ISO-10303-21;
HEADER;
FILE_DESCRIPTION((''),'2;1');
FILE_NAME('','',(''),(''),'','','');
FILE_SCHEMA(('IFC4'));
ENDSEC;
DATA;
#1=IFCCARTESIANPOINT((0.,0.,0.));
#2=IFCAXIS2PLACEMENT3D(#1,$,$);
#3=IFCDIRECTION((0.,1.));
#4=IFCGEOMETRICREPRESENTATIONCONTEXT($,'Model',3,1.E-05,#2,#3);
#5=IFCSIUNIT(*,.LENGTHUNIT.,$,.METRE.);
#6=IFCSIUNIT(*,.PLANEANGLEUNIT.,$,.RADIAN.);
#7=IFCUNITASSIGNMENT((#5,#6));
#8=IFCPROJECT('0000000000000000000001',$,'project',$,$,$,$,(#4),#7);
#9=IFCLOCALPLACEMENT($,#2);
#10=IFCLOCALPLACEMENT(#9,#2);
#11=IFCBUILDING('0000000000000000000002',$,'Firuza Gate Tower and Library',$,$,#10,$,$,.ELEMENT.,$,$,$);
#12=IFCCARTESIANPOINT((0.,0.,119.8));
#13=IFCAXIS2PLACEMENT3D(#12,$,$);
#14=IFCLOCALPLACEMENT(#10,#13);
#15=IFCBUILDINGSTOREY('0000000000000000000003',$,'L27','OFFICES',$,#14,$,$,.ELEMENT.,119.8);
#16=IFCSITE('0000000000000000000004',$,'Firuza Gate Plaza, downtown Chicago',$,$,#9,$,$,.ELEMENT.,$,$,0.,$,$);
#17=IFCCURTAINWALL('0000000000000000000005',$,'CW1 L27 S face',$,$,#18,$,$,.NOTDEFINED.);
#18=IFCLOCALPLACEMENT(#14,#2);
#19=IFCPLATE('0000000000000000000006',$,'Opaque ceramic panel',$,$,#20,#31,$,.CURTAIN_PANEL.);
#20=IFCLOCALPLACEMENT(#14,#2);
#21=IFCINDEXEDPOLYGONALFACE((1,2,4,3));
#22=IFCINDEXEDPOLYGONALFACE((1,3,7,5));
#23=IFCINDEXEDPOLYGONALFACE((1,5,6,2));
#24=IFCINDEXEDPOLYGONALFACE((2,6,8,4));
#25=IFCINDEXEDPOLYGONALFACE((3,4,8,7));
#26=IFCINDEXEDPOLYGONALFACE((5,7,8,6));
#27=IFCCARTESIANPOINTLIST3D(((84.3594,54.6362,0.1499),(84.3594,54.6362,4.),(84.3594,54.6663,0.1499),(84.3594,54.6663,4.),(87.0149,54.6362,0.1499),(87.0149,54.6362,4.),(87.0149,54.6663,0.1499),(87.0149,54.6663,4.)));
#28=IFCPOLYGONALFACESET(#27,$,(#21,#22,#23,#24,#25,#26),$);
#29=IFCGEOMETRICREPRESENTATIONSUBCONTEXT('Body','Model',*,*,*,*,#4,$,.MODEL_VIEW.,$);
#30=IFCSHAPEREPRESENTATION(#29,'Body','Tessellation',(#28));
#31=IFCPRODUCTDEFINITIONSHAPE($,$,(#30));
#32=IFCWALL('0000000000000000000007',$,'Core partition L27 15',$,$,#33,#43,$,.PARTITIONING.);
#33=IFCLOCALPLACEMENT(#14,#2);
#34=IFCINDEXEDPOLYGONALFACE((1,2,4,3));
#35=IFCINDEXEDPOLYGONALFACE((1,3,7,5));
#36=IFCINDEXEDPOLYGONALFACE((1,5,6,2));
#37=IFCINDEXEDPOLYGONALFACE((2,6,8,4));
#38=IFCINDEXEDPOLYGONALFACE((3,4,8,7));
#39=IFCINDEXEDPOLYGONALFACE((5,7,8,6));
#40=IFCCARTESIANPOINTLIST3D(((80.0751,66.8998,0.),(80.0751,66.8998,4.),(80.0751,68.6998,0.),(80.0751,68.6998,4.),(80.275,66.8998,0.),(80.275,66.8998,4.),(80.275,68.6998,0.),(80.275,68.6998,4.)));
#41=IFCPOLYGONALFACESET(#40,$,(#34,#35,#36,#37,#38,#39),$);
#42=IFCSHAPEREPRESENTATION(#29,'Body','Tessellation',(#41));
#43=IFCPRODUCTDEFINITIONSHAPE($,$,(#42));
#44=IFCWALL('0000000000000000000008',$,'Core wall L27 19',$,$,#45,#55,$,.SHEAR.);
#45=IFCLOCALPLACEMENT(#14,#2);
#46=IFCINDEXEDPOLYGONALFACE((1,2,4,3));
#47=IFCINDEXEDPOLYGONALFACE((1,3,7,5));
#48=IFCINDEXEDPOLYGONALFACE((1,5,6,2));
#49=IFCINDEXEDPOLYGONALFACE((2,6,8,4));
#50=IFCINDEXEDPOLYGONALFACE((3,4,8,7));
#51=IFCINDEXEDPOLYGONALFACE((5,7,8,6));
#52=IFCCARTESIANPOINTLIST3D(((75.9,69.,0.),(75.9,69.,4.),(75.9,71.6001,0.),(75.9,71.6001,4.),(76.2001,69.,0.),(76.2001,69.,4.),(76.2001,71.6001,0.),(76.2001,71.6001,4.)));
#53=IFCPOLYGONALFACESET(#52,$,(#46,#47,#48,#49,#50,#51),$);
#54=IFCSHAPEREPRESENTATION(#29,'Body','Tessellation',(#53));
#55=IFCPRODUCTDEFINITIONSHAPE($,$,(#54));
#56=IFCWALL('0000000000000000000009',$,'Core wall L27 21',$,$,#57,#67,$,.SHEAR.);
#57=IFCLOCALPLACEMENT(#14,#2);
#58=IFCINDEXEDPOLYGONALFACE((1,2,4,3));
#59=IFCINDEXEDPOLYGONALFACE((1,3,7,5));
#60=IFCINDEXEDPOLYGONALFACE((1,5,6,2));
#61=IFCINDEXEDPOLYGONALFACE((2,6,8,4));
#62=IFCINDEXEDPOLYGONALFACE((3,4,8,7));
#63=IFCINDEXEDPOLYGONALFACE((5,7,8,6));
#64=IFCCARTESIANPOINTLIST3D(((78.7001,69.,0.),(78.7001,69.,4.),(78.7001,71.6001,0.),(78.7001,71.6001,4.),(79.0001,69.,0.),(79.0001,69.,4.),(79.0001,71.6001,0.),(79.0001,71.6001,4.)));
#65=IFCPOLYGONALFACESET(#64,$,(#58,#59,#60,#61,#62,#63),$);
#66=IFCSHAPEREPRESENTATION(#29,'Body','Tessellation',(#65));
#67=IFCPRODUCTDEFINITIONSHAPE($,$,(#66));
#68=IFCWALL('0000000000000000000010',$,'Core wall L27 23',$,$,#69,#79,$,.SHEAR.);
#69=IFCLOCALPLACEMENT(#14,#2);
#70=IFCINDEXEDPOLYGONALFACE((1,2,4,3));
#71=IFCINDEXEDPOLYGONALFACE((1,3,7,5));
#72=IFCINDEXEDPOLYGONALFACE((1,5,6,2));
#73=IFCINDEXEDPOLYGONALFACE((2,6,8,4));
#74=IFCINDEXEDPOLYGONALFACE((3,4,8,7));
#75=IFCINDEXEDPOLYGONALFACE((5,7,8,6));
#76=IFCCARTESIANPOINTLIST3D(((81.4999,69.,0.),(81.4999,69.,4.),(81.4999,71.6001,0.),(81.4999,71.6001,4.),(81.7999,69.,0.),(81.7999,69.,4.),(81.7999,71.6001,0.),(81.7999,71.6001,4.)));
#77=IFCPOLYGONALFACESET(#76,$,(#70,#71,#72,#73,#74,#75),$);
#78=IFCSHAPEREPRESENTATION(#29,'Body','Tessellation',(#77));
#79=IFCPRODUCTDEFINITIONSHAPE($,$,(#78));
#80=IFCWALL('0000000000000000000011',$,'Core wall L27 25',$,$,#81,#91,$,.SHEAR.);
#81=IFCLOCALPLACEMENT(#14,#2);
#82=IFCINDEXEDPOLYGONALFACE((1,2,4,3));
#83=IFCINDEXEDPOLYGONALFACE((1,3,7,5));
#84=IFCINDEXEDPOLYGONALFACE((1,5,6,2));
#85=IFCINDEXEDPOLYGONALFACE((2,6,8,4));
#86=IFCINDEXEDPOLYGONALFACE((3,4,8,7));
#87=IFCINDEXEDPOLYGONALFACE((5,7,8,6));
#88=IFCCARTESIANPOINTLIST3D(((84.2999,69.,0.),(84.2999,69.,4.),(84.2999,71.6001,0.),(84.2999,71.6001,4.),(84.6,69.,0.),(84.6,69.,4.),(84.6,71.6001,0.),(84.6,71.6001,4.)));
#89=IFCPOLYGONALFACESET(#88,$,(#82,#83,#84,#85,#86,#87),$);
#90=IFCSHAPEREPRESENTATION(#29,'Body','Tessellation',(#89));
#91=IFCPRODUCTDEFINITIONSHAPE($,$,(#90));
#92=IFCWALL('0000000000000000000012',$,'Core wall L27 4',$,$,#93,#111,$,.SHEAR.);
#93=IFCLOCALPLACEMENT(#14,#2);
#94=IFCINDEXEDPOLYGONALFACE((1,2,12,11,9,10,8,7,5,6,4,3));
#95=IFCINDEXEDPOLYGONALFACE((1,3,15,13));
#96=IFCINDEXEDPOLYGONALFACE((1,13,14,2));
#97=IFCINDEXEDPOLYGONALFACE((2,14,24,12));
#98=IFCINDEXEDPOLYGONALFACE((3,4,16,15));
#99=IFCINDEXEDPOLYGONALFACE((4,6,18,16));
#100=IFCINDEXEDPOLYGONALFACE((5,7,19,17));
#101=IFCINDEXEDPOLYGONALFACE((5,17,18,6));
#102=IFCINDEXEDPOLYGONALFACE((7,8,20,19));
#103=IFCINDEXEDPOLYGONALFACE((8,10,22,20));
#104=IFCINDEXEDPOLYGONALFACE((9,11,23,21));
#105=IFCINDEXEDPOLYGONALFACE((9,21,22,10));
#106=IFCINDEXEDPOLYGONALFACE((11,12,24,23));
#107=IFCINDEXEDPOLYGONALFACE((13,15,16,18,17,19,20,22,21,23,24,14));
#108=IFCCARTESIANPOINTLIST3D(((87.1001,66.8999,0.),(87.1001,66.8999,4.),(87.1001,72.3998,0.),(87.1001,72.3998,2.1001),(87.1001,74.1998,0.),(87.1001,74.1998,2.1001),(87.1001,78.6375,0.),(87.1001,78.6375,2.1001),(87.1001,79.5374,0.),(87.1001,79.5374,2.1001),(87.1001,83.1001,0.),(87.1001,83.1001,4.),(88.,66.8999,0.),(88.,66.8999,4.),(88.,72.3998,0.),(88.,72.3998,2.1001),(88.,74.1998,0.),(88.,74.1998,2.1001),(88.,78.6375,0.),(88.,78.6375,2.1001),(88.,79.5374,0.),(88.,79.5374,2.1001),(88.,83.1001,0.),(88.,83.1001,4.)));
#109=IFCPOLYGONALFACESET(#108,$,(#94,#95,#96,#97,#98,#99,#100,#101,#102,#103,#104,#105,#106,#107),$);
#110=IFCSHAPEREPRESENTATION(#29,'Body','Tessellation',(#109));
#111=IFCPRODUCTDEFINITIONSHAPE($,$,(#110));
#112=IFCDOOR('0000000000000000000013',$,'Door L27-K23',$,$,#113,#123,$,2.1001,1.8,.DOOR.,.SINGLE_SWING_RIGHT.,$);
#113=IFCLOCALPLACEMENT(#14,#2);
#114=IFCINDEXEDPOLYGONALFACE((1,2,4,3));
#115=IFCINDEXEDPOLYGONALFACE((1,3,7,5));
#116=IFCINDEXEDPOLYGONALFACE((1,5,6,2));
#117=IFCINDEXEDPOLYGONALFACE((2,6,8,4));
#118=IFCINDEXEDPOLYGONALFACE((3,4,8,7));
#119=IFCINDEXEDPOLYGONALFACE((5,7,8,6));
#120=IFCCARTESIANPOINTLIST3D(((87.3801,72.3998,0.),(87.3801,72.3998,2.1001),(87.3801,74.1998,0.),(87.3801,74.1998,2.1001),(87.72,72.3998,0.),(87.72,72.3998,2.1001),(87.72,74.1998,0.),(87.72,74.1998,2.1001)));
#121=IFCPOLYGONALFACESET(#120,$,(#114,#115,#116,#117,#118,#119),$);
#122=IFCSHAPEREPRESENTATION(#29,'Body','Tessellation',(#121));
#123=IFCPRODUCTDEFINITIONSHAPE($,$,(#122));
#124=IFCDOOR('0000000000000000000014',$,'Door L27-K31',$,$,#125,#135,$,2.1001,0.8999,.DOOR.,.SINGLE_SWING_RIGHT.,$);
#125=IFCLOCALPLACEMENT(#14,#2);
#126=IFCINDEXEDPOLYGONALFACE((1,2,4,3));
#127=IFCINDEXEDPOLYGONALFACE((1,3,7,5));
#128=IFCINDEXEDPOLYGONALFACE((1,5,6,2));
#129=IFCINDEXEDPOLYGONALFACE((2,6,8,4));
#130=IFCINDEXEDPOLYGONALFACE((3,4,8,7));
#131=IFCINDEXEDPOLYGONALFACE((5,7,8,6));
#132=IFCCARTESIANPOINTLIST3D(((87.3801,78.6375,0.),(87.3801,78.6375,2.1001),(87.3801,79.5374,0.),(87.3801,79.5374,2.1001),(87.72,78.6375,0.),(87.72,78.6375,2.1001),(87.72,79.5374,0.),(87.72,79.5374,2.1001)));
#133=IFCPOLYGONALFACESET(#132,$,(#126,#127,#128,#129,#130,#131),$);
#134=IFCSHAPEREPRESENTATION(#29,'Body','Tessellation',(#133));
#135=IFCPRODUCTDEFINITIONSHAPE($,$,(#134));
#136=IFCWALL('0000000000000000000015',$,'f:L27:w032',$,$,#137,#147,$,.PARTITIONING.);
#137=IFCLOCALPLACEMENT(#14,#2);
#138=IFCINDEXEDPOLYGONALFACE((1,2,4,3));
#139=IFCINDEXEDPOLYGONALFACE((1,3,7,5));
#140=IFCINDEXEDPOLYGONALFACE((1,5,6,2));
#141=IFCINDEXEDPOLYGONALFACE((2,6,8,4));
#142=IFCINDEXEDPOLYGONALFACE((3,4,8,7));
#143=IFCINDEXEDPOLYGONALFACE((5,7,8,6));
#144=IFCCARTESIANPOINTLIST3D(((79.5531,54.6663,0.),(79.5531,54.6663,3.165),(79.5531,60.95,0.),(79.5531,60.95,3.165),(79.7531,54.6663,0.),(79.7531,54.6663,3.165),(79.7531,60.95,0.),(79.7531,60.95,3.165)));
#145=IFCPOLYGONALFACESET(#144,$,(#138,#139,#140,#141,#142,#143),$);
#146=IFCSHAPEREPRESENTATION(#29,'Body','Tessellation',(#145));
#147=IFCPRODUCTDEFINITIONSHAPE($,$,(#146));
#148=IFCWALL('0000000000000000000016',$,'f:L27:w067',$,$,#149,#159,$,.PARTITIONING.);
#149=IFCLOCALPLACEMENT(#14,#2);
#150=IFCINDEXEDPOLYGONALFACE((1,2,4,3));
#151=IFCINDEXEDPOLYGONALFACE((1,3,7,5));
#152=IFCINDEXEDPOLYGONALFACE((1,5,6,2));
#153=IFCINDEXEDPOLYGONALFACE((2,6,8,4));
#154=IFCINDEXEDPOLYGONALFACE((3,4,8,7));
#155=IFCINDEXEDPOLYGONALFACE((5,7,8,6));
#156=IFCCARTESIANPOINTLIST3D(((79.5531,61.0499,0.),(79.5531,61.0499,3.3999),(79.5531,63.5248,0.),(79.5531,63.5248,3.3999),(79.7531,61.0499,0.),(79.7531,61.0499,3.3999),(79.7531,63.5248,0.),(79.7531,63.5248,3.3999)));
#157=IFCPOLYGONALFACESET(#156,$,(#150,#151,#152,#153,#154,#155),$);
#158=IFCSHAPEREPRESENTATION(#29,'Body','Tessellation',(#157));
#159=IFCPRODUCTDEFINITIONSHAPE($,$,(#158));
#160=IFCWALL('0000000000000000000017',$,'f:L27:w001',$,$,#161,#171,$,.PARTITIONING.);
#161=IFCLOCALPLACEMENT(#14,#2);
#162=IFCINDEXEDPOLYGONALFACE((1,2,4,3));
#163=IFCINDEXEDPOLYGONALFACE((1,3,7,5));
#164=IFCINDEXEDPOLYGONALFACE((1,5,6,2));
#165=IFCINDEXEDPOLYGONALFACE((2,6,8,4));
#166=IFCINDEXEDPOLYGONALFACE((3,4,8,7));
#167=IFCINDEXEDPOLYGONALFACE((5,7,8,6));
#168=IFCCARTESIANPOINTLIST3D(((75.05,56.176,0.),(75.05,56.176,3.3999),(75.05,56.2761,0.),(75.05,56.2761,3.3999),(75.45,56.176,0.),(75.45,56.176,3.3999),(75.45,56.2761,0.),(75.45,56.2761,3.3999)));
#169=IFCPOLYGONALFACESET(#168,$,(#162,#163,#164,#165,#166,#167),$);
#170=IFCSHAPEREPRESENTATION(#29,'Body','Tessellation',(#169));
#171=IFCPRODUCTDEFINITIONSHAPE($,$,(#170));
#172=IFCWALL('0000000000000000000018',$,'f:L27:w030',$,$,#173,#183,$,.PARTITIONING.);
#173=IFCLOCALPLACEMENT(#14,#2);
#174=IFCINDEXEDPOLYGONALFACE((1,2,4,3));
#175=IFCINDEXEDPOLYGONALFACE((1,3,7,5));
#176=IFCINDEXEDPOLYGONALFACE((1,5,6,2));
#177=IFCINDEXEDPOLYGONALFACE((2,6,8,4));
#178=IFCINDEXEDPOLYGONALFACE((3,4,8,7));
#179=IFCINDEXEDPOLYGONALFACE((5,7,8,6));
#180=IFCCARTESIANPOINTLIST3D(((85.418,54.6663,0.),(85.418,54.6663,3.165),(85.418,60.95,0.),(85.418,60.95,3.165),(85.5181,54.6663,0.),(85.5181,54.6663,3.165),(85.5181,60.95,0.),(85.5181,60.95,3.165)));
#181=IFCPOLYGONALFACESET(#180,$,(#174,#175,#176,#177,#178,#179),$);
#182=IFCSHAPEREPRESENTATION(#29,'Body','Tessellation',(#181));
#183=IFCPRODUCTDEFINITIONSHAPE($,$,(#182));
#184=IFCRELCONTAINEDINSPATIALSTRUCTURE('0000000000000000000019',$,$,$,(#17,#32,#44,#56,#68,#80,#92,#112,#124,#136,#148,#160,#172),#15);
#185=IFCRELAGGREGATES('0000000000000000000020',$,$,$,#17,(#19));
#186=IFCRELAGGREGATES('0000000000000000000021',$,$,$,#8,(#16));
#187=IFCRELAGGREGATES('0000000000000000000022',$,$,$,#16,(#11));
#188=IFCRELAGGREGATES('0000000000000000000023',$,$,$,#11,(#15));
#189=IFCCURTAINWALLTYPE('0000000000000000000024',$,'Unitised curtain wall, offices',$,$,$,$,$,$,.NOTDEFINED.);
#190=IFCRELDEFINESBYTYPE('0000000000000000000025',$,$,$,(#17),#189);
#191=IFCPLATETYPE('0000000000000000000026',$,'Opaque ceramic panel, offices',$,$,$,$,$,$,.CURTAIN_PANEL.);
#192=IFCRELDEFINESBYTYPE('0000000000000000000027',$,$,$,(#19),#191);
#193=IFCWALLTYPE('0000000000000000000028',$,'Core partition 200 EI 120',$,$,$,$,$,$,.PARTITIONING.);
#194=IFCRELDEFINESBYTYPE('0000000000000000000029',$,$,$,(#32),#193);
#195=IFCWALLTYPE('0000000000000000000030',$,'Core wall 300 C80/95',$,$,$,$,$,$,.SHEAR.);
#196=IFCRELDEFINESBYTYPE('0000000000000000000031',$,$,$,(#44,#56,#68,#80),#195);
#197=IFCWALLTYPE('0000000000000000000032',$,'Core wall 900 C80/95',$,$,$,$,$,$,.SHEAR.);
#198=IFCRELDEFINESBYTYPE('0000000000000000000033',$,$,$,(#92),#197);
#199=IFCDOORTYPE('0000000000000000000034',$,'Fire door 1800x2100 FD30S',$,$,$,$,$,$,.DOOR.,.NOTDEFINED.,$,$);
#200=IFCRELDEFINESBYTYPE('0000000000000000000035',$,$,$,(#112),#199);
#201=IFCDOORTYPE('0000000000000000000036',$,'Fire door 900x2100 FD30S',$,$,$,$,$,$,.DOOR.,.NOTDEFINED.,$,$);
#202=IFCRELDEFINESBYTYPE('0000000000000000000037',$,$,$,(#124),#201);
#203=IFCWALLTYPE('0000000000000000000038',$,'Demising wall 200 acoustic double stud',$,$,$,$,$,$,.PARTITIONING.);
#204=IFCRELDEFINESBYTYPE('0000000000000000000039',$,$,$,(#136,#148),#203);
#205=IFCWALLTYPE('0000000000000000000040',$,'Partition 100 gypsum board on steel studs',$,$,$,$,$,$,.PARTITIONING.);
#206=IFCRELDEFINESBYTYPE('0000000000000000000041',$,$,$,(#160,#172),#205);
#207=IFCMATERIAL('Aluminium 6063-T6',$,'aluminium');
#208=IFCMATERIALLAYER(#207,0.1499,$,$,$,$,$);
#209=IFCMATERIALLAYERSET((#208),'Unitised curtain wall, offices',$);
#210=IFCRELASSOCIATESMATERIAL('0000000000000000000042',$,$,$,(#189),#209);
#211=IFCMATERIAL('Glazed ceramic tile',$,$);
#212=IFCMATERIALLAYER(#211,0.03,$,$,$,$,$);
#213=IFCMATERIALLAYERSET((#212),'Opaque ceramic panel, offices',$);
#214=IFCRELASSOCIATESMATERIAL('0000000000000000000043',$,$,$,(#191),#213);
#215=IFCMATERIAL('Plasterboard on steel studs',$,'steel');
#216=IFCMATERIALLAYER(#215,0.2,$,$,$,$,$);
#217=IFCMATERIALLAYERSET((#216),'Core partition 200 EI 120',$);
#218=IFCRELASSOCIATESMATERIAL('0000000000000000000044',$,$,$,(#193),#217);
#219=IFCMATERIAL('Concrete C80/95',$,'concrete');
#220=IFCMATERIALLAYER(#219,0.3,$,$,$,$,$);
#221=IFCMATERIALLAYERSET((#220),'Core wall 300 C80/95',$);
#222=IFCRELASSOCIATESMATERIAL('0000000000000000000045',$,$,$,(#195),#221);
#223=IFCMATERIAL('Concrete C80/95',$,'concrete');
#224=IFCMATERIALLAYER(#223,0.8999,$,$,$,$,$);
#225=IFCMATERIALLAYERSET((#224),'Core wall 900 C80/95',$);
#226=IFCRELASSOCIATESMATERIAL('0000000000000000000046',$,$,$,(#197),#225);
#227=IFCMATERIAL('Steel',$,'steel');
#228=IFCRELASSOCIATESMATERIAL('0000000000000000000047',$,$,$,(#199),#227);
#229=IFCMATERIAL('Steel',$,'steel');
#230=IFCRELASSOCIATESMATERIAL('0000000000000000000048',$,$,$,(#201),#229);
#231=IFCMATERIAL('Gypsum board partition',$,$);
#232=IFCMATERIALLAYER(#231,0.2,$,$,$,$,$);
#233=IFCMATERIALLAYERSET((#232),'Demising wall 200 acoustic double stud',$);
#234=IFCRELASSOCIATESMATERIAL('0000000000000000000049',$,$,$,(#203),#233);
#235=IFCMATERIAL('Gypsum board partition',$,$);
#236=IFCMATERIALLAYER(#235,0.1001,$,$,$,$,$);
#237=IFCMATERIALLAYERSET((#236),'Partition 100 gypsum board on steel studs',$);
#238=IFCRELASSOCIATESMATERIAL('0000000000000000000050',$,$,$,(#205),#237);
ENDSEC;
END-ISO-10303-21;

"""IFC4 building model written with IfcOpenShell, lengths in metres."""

from ifc_helpers import new_model, si_unit, direction, frame, frame_2d, origin, place, context, subcontext, project, spatial, polyline, rectangle, outline, extrude, material, layer, layer_set, type_object, element, fill, aggregate, save


model = new_model("IFC4")

# Units and contexts
model_context = context("Model", 3, precision=1e-05, world=origin(), true_north=direction((0.0, 1.0)))
body_context = subcontext(model_context, "Body", "Model", "MODEL_VIEW")
ifc_project = project(units=[si_unit("LENGTHUNIT", "METRE"), si_unit("PLANEANGLEUNIT", "RADIAN")], contexts=[model_context])

# Site, building, storey
site_placement = place(None, origin())
site = spatial("IfcSite", under=ifc_project, at=site_placement, Name="Firuza Gate Plaza, downtown Chicago", CompositionType="ELEMENT", RefElevation=0.0)
building_placement = place(site_placement, origin())
building = spatial("IfcBuilding", under=site, at=building_placement, Name="Firuza Gate Tower and Library", CompositionType="ELEMENT")
storey_placement = place(building_placement, frame((0.0, 0.0, 119.8)))
storey = spatial("IfcBuildingStorey", under=building, at=storey_placement, Name="L27", Description="OFFICES", CompositionType="ELEMENT", Elevation=119.8)

# Curtain wall
ifc_material_1 = material(Name="Aluminium 6063-T6", Category="aluminium")
ifc_layer_1 = layer(ifc_material_1, 0.1499)
ifc_layer_set_1 = layer_set([ifc_layer_1], Name="Unitised curtain wall, offices")
curtain_wall_type = type_object("IfcCurtainWallType", Name="Unitised curtain wall, offices", PredefinedType="NOTDEFINED", material=ifc_layer_set_1)
curtain_wall_placement = place(storey_placement, origin())
curtain_wall = element("IfcCurtainWall", 1, at=curtain_wall_placement, inside=storey, type_object=curtain_wall_type, Name="CW1 L27 S face", PredefinedType="NOTDEFINED")

# Plate
ifc_material_2 = material(Name="Glazed ceramic tile")
ifc_layer_2 = layer(ifc_material_2, 0.03)
ifc_layer_set_2 = layer_set([ifc_layer_2], Name="Opaque ceramic panel, offices")
plate_type_1 = type_object("IfcPlateType", Name="Opaque ceramic panel, offices", PredefinedType="CURTAIN_PANEL", material=ifc_layer_set_2)
plate_1_placement = place(storey_placement, frame((84.3594, 54.6362, 0.1499), z_axis=(0.0, -1.0, 0.0), x_axis=(1.0, 0.0, 0.0)))
plate_1 = element("IfcPlate", 2, at=plate_1_placement, type_object=plate_type_1, Name="Opaque ceramic panel", PredefinedType="CURTAIN_PANEL", context=body_context, shape_type="SweptSolid", body=[
    extrude(outline(polyline([(0.0, 0.0), (2.6555, 0.0), (2.6555, 3.8501), (0.0, 3.8501), (0.0, 0.0)])), origin(), (0.0, 0.0, -1.0), 0.03),
])
aggregate(curtain_wall, [plate_1])

# Walls
ifc_material_3 = material(Name="Plasterboard on steel studs", Category="steel")
ifc_layer_3 = layer(ifc_material_3, 0.2)
ifc_layer_set_3 = layer_set([ifc_layer_3], Name="Core partition 200 EI 120")
wall_type_1 = type_object("IfcWallType", Name="Core partition 200 EI 120", PredefinedType="PARTITIONING", material=ifc_layer_set_3)
wall_1_placement = place(storey_placement, frame((80.175, 66.8999, 0.0), z_axis=(0.0, 0.0, 1.0), x_axis=(0.0, 1.0, 0.0)))
element("IfcWall", 3, at=wall_1_placement, inside=storey, type_object=wall_type_1, Name="Core partition L27 15", PredefinedType="PARTITIONING", context=body_context, shape_type="SweptSolid", body=[
    extrude(rectangle(XDim=1.8, YDim=0.2, at=frame_2d((0.8999, 0.0))), origin(), (0.0, 0.0, 1.0), 4.0),
])
ifc_material_4 = material(Name="Concrete C80/95", Category="concrete")
ifc_layer_4 = layer(ifc_material_4, 0.3)
ifc_layer_set_4 = layer_set([ifc_layer_4], Name="Core wall 300 C80/95")
wall_type_2 = type_object("IfcWallType", Name="Core wall 300 C80/95", PredefinedType="SHEAR", material=ifc_layer_set_4)
for number, where, z_axis, x_axis, name in (
    (4, (76.05, 69.0, 0.0), (0.0, 0.0, 1.0), (0.0, 1.0, 0.0), "Core wall L27 19"),
    (5, (78.8501, 69.0, 0.0), (0.0, 0.0, 1.0), (0.0, 1.0, 0.0), "Core wall L27 21"),
    (6, (81.6499, 69.0, 0.0), (0.0, 0.0, 1.0), (0.0, 1.0, 0.0), "Core wall L27 23"),
    (7, (84.45, 69.0, 0.0), (0.0, 0.0, 1.0), (0.0, 1.0, 0.0), "Core wall L27 25"),
):
    element("IfcWall", number, at=place(storey_placement, frame(where, z_axis=z_axis, x_axis=x_axis)), inside=storey, type_object=wall_type_2, Name=name, PredefinedType="SHEAR", context=body_context, shape_type="SweptSolid", body=[
        extrude(rectangle(XDim=2.6001, YDim=0.3, at=frame_2d((1.3, 0.0))), origin(), (0.0, 0.0, 1.0), 4.0),
    ])

# Wall, openings, doors
ifc_material_5 = material(Name="Concrete C80/95", Category="concrete")
ifc_layer_5 = layer(ifc_material_5, 0.8999)
ifc_layer_set_5 = layer_set([ifc_layer_5], Name="Core wall 900 C80/95")
wall_type_3 = type_object("IfcWallType", Name="Core wall 900 C80/95", PredefinedType="SHEAR", material=ifc_layer_set_5)
wall_2_placement = place(storey_placement, frame((87.55, 66.8999, 0.0), z_axis=(0.0, 0.0, 1.0), x_axis=(0.0, 1.0, 0.0)))
wall_2 = element("IfcWall", 8, at=wall_2_placement, inside=storey, type_object=wall_type_3, Name="Core wall L27 4", PredefinedType="SHEAR", context=body_context, shape_type="SweptSolid", body=[
    extrude(rectangle(XDim=16.2002, YDim=0.8999, at=frame_2d((8.1001, 0.0))), origin(), (0.0, 0.0, 1.0), 4.0),
])
opening_1_placement = place(wall_2_placement, frame((5.5, 0.0, 0.0)))
opening_1 = element("IfcOpeningElement", 9, at=opening_1_placement, cuts=wall_2, PredefinedType="OPENING", context=body_context, shape_type="SweptSolid", body=[
    extrude(rectangle(XDim=1.8, YDim=2.1001, at=frame_2d((0.8999, 1.05))), frame((0.0, 0.46, 0.0), z_axis=(0.0, -1.0, 0.0), x_axis=(1.0, 0.0, 0.0)), (0.0, 0.0, 1.0), 0.9199),
])
opening_2_placement = place(wall_2_placement, frame((11.7375, 0.0, 0.0)))
opening_2 = element("IfcOpeningElement", 10, at=opening_2_placement, cuts=wall_2, PredefinedType="OPENING", context=body_context, shape_type="SweptSolid", body=[
    extrude(rectangle(XDim=0.8999, YDim=2.1001, at=frame_2d((0.45, 1.05))), frame((0.0, 0.46, 0.0), z_axis=(0.0, -1.0, 0.0), x_axis=(1.0, 0.0, 0.0)), (0.0, 0.0, 1.0), 0.9199),
])
ifc_material_6 = material(Name="Steel", Category="steel")
door_type_1 = type_object("IfcDoorType", Name="Fire door 1800x2100 FD30S", OperationType="NOTDEFINED", PredefinedType="DOOR", material=ifc_material_6)
door_1_placement = place(opening_1_placement, origin())
door_1 = element("IfcDoor", 11, at=door_1_placement, inside=storey, type_object=door_type_1, Name="Door L27-K23", OperationType="SINGLE_SWING_RIGHT", OverallHeight=2.1001, OverallWidth=1.8, PredefinedType="DOOR", context=body_context, shape_type="SweptSolid", body=[
    extrude(rectangle(XDim=1.8, YDim=2.1001, at=frame_2d((0.8999, 1.05))), frame((0.0, 0.1699, 0.0), z_axis=(0.0, -1.0, 0.0), x_axis=(1.0, 0.0, 0.0)), (0.0, 0.0, 1.0), 0.3398),
])
fill(opening_1, door_1)
ifc_material_7 = material(Name="Steel", Category="steel")
door_type_2 = type_object("IfcDoorType", Name="Fire door 900x2100 FD30S", OperationType="NOTDEFINED", PredefinedType="DOOR", material=ifc_material_7)
door_2_placement = place(opening_2_placement, origin())
door_2 = element("IfcDoor", 12, at=door_2_placement, inside=storey, type_object=door_type_2, Name="Door L27-K31", OperationType="SINGLE_SWING_RIGHT", OverallHeight=2.1001, OverallWidth=0.8999, PredefinedType="DOOR", context=body_context, shape_type="SweptSolid", body=[
    extrude(rectangle(XDim=0.8999, YDim=2.1001, at=frame_2d((0.45, 1.05))), frame((0.0, 0.1699, 0.0), z_axis=(0.0, -1.0, 0.0), x_axis=(1.0, 0.0, 0.0)), (0.0, 0.0, 1.0), 0.3398),
])
fill(opening_2, door_2)

# Walls
ifc_material_8 = material(Name="Gypsum board partition")
ifc_layer_6 = layer(ifc_material_8, 0.2)
ifc_layer_set_6 = layer_set([ifc_layer_6], Name="Demising wall 200 acoustic double stud")
wall_type_4 = type_object("IfcWallType", Name="Demising wall 200 acoustic double stud", PredefinedType="PARTITIONING", material=ifc_layer_set_6)
wall_3_placement = place(storey_placement, frame((79.6531, 54.6663, 0.0), z_axis=(0.0, 0.0, 1.0), x_axis=(0.0, 1.0, 0.0)))
element("IfcWall", 13, at=wall_3_placement, inside=storey, type_object=wall_type_4, Name="f:L27:w032", PredefinedType="PARTITIONING", context=body_context, shape_type="SweptSolid", body=[
    extrude(rectangle(XDim=6.2837, YDim=0.2, at=frame_2d((3.1418, 0.0))), origin(), (0.0, 0.0, 1.0), 3.165),
])
wall_4_placement = place(storey_placement, frame((79.6531, 61.05, 0.0), z_axis=(0.0, 0.0, 1.0), x_axis=(0.0, 1.0, 0.0)))
element("IfcWall", 14, at=wall_4_placement, inside=storey, type_object=wall_type_4, Name="f:L27:w067", PredefinedType="PARTITIONING", context=body_context, shape_type="SweptSolid", body=[
    extrude(rectangle(XDim=2.4749, YDim=0.2, at=frame_2d((1.2373, 0.0))), origin(), (0.0, 0.0, 1.0), 3.3999),
])
ifc_material_9 = material(Name="Gypsum board partition")
ifc_layer_7 = layer(ifc_material_9, 0.1001)
ifc_layer_set_7 = layer_set([ifc_layer_7], Name="Partition 100 gypsum board on steel studs")
wall_type_5 = type_object("IfcWallType", Name="Partition 100 gypsum board on steel studs", PredefinedType="PARTITIONING", material=ifc_layer_set_7)
wall_5_placement = place(storey_placement, frame((75.05, 56.2261, 0.0), z_axis=(0.0, 0.0, 1.0), x_axis=(1.0, 0.0, 0.0)))
element("IfcWall", 15, at=wall_5_placement, inside=storey, type_object=wall_type_5, Name="f:L27:w001", PredefinedType="PARTITIONING", context=body_context, shape_type="SweptSolid", body=[
    extrude(rectangle(XDim=0.3999, YDim=0.1001, at=frame_2d((0.2, 0.0))), origin(), (0.0, 0.0, 1.0), 3.3999),
])
wall_6_placement = place(storey_placement, frame((85.468, 54.6663, 0.0), z_axis=(0.0, 0.0, 1.0), x_axis=(0.0, 1.0, 0.0)))
element("IfcWall", 16, at=wall_6_placement, inside=storey, type_object=wall_type_5, Name="f:L27:w030", PredefinedType="PARTITIONING", context=body_context, shape_type="SweptSolid", body=[
    extrude(rectangle(XDim=6.2837, YDim=0.1001, at=frame_2d((3.1418, 0.0))), origin(), (0.0, 0.0, 1.0), 3.165),
])

save(model, "model.ifc")
